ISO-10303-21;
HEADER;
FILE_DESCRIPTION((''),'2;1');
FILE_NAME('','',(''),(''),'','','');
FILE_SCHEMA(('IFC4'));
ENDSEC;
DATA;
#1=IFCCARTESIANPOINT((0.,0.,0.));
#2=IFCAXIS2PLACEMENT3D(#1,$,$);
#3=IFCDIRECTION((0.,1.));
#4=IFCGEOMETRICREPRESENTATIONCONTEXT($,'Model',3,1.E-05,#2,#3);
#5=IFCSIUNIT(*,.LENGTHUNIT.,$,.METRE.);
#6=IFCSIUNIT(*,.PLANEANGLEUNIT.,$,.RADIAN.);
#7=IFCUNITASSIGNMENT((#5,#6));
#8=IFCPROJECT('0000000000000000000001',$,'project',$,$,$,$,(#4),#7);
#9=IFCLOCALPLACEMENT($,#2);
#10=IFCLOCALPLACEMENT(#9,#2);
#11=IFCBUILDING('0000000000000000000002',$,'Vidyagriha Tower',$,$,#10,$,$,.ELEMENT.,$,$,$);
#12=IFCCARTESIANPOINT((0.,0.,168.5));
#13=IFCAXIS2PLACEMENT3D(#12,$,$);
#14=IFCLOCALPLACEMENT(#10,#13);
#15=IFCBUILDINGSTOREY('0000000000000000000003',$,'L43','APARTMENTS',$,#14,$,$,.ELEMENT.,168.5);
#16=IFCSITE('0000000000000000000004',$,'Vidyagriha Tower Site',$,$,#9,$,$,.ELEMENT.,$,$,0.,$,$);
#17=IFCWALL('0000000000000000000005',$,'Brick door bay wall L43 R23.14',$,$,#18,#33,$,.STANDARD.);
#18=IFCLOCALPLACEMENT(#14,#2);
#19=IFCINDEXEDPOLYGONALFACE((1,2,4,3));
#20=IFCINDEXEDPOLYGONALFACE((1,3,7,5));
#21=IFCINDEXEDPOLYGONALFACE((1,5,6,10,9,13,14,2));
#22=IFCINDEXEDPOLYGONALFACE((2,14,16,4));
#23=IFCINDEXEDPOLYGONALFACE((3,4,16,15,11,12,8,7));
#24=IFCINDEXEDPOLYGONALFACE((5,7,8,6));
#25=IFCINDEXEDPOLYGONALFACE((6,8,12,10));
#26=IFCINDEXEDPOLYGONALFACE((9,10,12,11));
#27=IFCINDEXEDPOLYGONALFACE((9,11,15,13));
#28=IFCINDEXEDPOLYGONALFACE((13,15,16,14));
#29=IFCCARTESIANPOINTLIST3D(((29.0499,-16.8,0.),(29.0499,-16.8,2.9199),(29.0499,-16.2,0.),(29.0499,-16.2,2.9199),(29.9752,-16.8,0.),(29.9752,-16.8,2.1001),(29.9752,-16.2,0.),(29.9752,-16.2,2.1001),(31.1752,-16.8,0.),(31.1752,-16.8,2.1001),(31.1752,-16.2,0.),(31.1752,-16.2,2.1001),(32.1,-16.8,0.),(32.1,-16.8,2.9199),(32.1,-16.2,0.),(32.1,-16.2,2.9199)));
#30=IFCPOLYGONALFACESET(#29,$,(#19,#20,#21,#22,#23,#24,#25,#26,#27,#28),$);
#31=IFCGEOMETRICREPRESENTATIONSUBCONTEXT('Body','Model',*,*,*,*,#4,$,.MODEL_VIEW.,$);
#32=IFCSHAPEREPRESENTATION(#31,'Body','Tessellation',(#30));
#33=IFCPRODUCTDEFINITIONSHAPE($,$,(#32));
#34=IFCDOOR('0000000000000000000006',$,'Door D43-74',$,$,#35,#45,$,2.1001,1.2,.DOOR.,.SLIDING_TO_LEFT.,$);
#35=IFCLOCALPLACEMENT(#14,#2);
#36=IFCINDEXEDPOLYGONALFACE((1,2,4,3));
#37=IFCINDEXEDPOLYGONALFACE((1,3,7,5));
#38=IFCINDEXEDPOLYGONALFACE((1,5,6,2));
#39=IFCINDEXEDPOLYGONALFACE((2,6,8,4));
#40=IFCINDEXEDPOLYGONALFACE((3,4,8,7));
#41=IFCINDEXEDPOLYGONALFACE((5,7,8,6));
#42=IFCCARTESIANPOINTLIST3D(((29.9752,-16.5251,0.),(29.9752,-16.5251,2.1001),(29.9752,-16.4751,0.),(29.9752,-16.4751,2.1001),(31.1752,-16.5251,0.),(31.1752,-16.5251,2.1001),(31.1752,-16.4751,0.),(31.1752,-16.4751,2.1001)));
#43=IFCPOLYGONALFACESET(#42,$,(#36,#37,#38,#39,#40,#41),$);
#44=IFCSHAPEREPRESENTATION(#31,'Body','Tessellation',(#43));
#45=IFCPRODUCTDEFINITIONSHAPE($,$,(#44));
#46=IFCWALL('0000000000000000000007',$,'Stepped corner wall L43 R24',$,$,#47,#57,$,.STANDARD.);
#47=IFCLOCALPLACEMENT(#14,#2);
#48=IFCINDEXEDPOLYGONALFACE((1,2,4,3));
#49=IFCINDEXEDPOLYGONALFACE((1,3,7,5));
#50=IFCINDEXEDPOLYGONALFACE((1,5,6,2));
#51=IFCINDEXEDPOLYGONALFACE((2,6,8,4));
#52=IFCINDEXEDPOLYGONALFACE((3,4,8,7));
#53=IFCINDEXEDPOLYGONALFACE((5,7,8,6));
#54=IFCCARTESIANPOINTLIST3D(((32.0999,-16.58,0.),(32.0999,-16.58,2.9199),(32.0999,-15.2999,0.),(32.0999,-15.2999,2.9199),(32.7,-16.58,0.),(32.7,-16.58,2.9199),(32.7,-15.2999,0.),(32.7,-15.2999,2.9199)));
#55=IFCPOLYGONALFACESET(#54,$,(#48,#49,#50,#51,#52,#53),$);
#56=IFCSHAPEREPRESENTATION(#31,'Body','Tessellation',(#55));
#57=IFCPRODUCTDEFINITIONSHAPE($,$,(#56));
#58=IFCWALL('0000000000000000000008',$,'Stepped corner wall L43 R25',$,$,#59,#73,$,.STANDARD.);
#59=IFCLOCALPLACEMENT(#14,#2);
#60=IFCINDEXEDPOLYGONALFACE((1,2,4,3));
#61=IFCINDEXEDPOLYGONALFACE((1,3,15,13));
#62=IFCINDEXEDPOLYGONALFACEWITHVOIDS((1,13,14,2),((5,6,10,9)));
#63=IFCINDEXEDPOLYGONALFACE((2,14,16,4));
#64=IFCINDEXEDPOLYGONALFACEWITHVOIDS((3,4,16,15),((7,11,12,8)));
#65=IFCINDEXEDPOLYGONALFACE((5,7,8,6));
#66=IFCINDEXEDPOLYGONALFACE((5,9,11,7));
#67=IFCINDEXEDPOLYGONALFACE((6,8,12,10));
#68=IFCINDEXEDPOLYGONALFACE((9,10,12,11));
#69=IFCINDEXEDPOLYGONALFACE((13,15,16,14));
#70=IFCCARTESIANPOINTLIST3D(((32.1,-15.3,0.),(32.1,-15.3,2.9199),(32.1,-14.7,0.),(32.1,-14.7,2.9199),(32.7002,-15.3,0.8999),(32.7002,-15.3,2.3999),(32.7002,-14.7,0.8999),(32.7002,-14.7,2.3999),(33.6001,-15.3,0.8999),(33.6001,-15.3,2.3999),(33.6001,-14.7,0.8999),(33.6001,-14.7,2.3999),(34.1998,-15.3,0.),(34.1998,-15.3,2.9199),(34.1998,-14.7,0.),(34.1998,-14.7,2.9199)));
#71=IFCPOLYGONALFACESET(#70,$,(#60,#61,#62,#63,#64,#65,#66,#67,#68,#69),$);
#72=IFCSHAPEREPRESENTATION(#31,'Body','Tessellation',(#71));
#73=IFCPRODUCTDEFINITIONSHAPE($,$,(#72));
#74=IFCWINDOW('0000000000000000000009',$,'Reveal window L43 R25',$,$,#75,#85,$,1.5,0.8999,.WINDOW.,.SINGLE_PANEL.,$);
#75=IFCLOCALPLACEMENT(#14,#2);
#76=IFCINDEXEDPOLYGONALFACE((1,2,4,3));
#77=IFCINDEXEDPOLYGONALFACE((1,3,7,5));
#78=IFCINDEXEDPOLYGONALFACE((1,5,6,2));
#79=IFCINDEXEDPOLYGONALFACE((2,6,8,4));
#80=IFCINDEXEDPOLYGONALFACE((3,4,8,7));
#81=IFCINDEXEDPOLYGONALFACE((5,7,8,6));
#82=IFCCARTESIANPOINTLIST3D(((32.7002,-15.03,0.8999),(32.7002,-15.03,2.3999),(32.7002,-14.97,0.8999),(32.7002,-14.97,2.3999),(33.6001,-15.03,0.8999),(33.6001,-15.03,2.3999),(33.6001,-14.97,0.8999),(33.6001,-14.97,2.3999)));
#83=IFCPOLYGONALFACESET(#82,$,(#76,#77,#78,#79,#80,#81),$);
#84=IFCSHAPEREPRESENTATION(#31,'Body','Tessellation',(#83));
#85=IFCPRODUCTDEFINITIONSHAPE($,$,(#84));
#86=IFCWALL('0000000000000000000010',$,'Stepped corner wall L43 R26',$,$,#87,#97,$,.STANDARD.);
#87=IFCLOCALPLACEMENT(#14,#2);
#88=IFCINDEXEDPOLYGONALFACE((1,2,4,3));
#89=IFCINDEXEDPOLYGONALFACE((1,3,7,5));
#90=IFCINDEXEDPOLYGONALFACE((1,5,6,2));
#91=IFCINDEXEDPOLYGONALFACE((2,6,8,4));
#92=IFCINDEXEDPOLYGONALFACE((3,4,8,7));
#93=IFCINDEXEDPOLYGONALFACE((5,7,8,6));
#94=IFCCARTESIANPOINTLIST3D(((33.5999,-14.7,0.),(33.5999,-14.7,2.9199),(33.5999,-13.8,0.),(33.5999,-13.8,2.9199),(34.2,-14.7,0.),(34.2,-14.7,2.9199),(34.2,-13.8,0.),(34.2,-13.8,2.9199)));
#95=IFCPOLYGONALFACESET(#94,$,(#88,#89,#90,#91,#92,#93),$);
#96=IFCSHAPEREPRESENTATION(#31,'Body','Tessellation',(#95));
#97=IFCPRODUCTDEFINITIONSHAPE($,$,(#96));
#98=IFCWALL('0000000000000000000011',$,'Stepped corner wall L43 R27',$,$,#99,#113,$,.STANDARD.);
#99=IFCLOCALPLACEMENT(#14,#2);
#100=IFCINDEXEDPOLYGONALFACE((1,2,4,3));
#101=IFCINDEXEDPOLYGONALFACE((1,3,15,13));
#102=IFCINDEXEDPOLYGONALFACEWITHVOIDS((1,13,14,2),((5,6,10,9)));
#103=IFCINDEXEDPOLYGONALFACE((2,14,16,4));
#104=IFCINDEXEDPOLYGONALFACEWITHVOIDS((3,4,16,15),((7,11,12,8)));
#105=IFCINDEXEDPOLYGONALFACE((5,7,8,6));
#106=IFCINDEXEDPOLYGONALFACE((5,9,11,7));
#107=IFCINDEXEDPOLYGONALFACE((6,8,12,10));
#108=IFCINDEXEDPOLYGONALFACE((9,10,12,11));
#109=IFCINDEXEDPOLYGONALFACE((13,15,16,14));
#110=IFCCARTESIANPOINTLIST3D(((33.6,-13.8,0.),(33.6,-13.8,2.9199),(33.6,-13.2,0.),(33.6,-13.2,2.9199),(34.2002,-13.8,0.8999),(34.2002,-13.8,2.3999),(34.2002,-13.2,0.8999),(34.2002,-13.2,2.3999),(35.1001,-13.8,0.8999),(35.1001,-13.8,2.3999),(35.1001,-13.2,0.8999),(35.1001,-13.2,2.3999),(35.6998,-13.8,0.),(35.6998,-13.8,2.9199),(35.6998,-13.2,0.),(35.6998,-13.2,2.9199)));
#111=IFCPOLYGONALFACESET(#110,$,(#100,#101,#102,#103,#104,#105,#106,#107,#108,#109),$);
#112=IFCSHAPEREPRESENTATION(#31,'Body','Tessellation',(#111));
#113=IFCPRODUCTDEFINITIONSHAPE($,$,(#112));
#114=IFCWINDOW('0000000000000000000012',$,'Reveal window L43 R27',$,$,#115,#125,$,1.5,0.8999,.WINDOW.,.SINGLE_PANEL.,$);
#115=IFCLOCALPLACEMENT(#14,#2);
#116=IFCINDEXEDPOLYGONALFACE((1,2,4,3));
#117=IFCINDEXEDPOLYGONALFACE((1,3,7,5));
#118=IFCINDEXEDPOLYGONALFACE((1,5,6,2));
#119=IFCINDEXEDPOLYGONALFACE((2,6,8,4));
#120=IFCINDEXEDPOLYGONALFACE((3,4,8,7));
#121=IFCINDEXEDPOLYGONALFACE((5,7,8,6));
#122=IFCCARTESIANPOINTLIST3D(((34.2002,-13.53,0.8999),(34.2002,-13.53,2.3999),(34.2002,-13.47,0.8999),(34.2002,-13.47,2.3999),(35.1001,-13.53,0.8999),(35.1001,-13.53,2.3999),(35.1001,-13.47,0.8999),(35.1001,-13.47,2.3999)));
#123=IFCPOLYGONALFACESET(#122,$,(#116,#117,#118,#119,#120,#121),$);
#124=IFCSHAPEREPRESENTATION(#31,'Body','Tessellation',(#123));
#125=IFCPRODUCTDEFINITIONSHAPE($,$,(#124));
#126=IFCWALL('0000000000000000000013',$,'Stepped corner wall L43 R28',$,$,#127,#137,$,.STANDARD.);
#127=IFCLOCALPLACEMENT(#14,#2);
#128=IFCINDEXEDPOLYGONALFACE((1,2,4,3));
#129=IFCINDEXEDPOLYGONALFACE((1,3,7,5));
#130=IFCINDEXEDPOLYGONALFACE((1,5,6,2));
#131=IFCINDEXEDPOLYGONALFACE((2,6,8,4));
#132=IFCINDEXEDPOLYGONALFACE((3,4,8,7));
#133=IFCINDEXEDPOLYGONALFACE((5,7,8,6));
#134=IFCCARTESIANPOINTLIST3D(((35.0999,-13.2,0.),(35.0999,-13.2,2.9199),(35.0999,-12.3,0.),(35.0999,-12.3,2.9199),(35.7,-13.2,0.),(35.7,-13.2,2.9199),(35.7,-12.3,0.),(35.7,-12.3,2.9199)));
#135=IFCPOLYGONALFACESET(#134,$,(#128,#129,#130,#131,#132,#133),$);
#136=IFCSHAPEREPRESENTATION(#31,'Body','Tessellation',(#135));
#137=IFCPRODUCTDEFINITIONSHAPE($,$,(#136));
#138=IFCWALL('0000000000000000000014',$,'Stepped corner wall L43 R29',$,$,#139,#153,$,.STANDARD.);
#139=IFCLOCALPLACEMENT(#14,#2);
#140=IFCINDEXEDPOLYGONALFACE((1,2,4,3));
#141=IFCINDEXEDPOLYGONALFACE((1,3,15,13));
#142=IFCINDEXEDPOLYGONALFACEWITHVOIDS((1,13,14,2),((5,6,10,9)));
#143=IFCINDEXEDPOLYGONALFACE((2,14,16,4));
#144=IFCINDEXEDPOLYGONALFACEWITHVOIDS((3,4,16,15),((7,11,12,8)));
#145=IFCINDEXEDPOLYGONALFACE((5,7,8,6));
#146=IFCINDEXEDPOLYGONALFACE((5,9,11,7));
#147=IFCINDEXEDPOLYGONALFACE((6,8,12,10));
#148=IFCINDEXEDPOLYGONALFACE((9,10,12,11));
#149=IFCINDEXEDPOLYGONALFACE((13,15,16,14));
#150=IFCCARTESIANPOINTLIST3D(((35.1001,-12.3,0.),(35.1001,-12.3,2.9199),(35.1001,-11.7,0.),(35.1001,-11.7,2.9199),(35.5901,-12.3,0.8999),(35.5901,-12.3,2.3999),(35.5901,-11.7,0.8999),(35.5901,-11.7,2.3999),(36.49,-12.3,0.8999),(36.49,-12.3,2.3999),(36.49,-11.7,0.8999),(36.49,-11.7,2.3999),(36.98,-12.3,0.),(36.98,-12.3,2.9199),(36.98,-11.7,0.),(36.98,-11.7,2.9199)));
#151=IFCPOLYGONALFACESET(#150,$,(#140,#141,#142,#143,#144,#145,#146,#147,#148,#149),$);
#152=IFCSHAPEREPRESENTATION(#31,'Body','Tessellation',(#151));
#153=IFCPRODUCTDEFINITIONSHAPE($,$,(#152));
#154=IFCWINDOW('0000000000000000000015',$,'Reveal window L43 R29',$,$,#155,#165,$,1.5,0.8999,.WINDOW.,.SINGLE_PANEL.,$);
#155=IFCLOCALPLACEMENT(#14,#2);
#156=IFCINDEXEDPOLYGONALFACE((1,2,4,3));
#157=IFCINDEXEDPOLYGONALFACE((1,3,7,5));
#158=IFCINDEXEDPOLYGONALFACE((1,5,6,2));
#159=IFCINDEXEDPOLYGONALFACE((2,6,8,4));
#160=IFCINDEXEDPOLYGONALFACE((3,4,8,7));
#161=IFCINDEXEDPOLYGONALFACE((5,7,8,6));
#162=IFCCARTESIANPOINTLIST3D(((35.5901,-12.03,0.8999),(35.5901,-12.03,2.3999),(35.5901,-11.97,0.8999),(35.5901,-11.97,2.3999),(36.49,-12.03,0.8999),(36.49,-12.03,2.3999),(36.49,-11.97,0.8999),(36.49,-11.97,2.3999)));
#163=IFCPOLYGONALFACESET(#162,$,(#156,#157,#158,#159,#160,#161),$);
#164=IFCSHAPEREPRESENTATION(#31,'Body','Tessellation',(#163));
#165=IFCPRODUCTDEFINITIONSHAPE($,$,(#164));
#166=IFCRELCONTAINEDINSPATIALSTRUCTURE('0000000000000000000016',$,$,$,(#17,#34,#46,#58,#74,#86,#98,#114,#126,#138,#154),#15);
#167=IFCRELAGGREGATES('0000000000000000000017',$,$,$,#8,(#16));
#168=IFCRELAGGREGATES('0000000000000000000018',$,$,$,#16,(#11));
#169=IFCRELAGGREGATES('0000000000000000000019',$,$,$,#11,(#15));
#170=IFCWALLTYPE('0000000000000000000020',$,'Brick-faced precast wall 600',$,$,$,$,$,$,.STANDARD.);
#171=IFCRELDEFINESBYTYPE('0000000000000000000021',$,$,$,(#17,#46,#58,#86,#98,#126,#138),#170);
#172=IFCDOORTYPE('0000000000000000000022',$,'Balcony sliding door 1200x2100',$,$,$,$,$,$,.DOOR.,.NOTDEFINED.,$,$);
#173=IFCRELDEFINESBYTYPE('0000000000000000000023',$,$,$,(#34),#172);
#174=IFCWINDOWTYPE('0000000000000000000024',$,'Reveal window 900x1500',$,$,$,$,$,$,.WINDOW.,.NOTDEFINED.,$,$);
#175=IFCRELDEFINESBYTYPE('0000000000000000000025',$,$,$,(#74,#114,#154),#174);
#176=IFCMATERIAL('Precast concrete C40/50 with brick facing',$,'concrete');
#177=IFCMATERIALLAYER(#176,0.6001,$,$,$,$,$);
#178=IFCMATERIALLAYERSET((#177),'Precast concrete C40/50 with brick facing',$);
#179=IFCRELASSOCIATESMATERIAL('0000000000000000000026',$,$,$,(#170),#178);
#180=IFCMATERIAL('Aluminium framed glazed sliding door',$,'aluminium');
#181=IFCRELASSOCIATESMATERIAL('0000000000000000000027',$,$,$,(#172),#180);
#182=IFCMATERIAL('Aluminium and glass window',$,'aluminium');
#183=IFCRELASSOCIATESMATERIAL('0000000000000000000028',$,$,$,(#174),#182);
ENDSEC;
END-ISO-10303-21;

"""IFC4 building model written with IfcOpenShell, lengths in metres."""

from ifc_helpers import new_model, si_unit, direction, frame, frame_2d, origin, place, context, subcontext, project, spatial, rectangle, extrude, material, layer, layer_set, type_object, element, fill, save


model = new_model("IFC4")

# Units and contexts
model_context = context("Model", 3, precision=1e-05, world=origin(), true_north=direction((0.0, 1.0)))
body_context = subcontext(model_context, "Body", "Model", "MODEL_VIEW")
ifc_project = project(units=[si_unit("LENGTHUNIT", "METRE"), si_unit("PLANEANGLEUNIT", "RADIAN")], contexts=[model_context])

# Site, building, storey
site_placement = place(None, origin())
site = spatial("IfcSite", under=ifc_project, at=site_placement, Name="Vidyagriha Tower Site", CompositionType="ELEMENT", RefElevation=0.0)
building_placement = place(site_placement, origin())
building = spatial("IfcBuilding", under=site, at=building_placement, Name="Vidyagriha Tower", CompositionType="ELEMENT")
storey_placement = place(building_placement, frame((0.0, 0.0, 168.5)))
storey = spatial("IfcBuildingStorey", under=building, at=storey_placement, Name="L43", Description="APARTMENTS", CompositionType="ELEMENT", Elevation=168.5)

# Wall, opening, door
ifc_material_1 = material(Name="Precast concrete C40/50 with brick facing", Category="concrete")
ifc_layer_1 = layer(ifc_material_1, 0.6001)
ifc_layer_set_1 = layer_set([ifc_layer_1], Name="Precast concrete C40/50 with brick facing")
wall_type = type_object("IfcWallType", Name="Brick-faced precast wall 600", PredefinedType="STANDARD", material=ifc_layer_set_1)
wall_1_placement = place(storey_placement, frame((29.05, -16.5, 0.0)))
wall_1 = element("IfcWall", 1, at=wall_1_placement, inside=storey, type_object=wall_type, Name="Brick door bay wall L43 R23.14", PredefinedType="STANDARD", context=body_context, shape_type="SweptSolid", body=[
    extrude(rectangle(XDim=3.05, YDim=0.6001, at=frame_2d((1.5249, 0.0))), origin(), (0.0, 0.0, 1.0), 2.9199),
])
opening_1_placement = place(wall_1_placement, frame((0.925, 0.0, 0.0)))
opening_1 = element("IfcOpeningElement", 2, at=opening_1_placement, cuts=wall_1, PredefinedType="OPENING", context=body_context, shape_type="SweptSolid", body=[
    extrude(rectangle(XDim=1.2, YDim=2.1001, at=frame_2d((0.6001, 1.05))), frame((0.0, 0.3101, 0.0), z_axis=(0.0, -1.0, 0.0), x_axis=(1.0, 0.0, 0.0)), (0.0, 0.0, 1.0), 0.6201),
])
ifc_material_2 = material(Name="Aluminium framed glazed sliding door", Category="aluminium")
door_type = type_object("IfcDoorType", Name="Balcony sliding door 1200x2100", OperationType="NOTDEFINED", PredefinedType="DOOR", material=ifc_material_2)
door_placement = place(opening_1_placement, origin())
door = element("IfcDoor", 3, at=door_placement, inside=storey, type_object=door_type, Name="Door D43-74", OperationType="SLIDING_TO_LEFT", OverallHeight=2.1001, OverallWidth=1.2, PredefinedType="DOOR", context=body_context, shape_type="SweptSolid", body=[
    extrude(rectangle(XDim=1.2, YDim=2.1001, at=frame_2d((0.6001, 1.05))), frame((0.0, 0.0249, 0.0), z_axis=(0.0, -1.0, 0.0), x_axis=(1.0, 0.0, 0.0)), (0.0, 0.0, 1.0), 0.05),
])
fill(opening_1, door)

# Wall
wall_2_placement = place(storey_placement, frame((32.3999, -16.5801, 0.0), z_axis=(0.0, 0.0, 1.0), x_axis=(0.0, 1.0, 0.0)))
element("IfcWall", 4, at=wall_2_placement, inside=storey, type_object=wall_type, Name="Stepped corner wall L43 R24", PredefinedType="STANDARD", context=body_context, shape_type="SweptSolid", body=[
    extrude(rectangle(XDim=1.28, YDim=0.6001, at=frame_2d((0.6401, 0.0))), origin(), (0.0, 0.0, 1.0), 2.9199),
])

# Wall, opening, window
wall_3_placement = place(storey_placement, frame((32.1001, -15.0, 0.0)))
wall_3 = element("IfcWall", 5, at=wall_3_placement, inside=storey, type_object=wall_type, Name="Stepped corner wall L43 R25", PredefinedType="STANDARD", context=body_context, shape_type="SweptSolid", body=[
    extrude(rectangle(XDim=2.0999, YDim=0.6001, at=frame_2d((1.0498, 0.0))), origin(), (0.0, 0.0, 1.0), 2.9199),
])
opening_2_placement = place(wall_3_placement, frame((0.6001, 0.0, 0.8999)))
opening_2 = element("IfcOpeningElement", 6, at=opening_2_placement, cuts=wall_3, PredefinedType="OPENING", context=body_context, shape_type="SweptSolid", body=[
    extrude(rectangle(XDim=0.8999, YDim=1.5, at=frame_2d((0.45, 0.75))), frame((0.0, 0.3101, 0.0), z_axis=(0.0, -1.0, 0.0), x_axis=(1.0, 0.0, 0.0)), (0.0, 0.0, 1.0), 0.6201),
])
ifc_material_3 = material(Name="Aluminium and glass window", Category="aluminium")
window_type = type_object("IfcWindowType", Name="Reveal window 900x1500", PartitioningType="NOTDEFINED", PredefinedType="WINDOW", material=ifc_material_3)
window_1_placement = place(opening_2_placement, origin())
window_1 = element("IfcWindow", 7, at=window_1_placement, inside=storey, type_object=window_type, Name="Reveal window L43 R25", OverallHeight=1.5, OverallWidth=0.8999, PartitioningType="SINGLE_PANEL", PredefinedType="WINDOW", context=body_context, shape_type="SweptSolid", body=[
    extrude(rectangle(XDim=0.8999, YDim=1.5, at=frame_2d((0.45, 0.75))), frame((0.0, 0.03, 0.0), z_axis=(0.0, -1.0, 0.0), x_axis=(1.0, 0.0, 0.0)), (0.0, 0.0, 1.0), 0.0601),
])
fill(opening_2, window_1)

# Wall
wall_4_placement = place(storey_placement, frame((33.8999, -14.7, 0.0), z_axis=(0.0, 0.0, 1.0), x_axis=(0.0, 1.0, 0.0)))
element("IfcWall", 8, at=wall_4_placement, inside=storey, type_object=wall_type, Name="Stepped corner wall L43 R26", PredefinedType="STANDARD", context=body_context, shape_type="SweptSolid", body=[
    extrude(rectangle(XDim=0.8999, YDim=0.6001, at=frame_2d((0.45, 0.0))), origin(), (0.0, 0.0, 1.0), 2.9199),
])

# Wall, opening, window
wall_5_placement = place(storey_placement, frame((33.6001, -13.5, 0.0)))
wall_5 = element("IfcWall", 9, at=wall_5_placement, inside=storey, type_object=wall_type, Name="Stepped corner wall L43 R27", PredefinedType="STANDARD", context=body_context, shape_type="SweptSolid", body=[
    extrude(rectangle(XDim=2.0999, YDim=0.6001, at=frame_2d((1.0498, 0.0))), origin(), (0.0, 0.0, 1.0), 2.9199),
])
opening_3_placement = place(wall_5_placement, frame((0.6001, 0.0, 0.8999)))
opening_3 = element("IfcOpeningElement", 10, at=opening_3_placement, cuts=wall_5, PredefinedType="OPENING", context=body_context, shape_type="SweptSolid", body=[
    extrude(rectangle(XDim=0.8999, YDim=1.5, at=frame_2d((0.45, 0.75))), frame((0.0, 0.3101, 0.0), z_axis=(0.0, -1.0, 0.0), x_axis=(1.0, 0.0, 0.0)), (0.0, 0.0, 1.0), 0.6201),
])
window_2_placement = place(opening_3_placement, origin())
window_2 = element("IfcWindow", 11, at=window_2_placement, inside=storey, type_object=window_type, Name="Reveal window L43 R27", OverallHeight=1.5, OverallWidth=0.8999, PartitioningType="SINGLE_PANEL", PredefinedType="WINDOW", context=body_context, shape_type="SweptSolid", body=[
    extrude(rectangle(XDim=0.8999, YDim=1.5, at=frame_2d((0.45, 0.75))), frame((0.0, 0.03, 0.0), z_axis=(0.0, -1.0, 0.0), x_axis=(1.0, 0.0, 0.0)), (0.0, 0.0, 1.0), 0.0601),
])
fill(opening_3, window_2)

# Wall
wall_6_placement = place(storey_placement, frame((35.3999, -13.2, 0.0), z_axis=(0.0, 0.0, 1.0), x_axis=(0.0, 1.0, 0.0)))
element("IfcWall", 12, at=wall_6_placement, inside=storey, type_object=wall_type, Name="Stepped corner wall L43 R28", PredefinedType="STANDARD", context=body_context, shape_type="SweptSolid", body=[
    extrude(rectangle(XDim=0.8999, YDim=0.6001, at=frame_2d((0.45, 0.0))), origin(), (0.0, 0.0, 1.0), 2.9199),
])

# Wall, opening, window
wall_7_placement = place(storey_placement, frame((35.1001, -12.0, 0.0)))
wall_7 = element("IfcWall", 13, at=wall_7_placement, inside=storey, type_object=wall_type, Name="Stepped corner wall L43 R29", PredefinedType="STANDARD", context=body_context, shape_type="SweptSolid", body=[
    extrude(rectangle(XDim=1.8799, YDim=0.6001, at=frame_2d((0.9399, 0.0))), origin(), (0.0, 0.0, 1.0), 2.9199),
])
opening_4_placement = place(wall_7_placement, frame((0.49, 0.0, 0.8999)))
opening_4 = element("IfcOpeningElement", 14, at=opening_4_placement, cuts=wall_7, PredefinedType="OPENING", context=body_context, shape_type="SweptSolid", body=[
    extrude(rectangle(XDim=0.8999, YDim=1.5, at=frame_2d((0.45, 0.75))), frame((0.0, 0.3101, 0.0), z_axis=(0.0, -1.0, 0.0), x_axis=(1.0, 0.0, 0.0)), (0.0, 0.0, 1.0), 0.6201),
])
window_3_placement = place(opening_4_placement, origin())
window_3 = element("IfcWindow", 15, at=window_3_placement, inside=storey, type_object=window_type, Name="Reveal window L43 R29", OverallHeight=1.5, OverallWidth=0.8999, PartitioningType="SINGLE_PANEL", PredefinedType="WINDOW", context=body_context, shape_type="SweptSolid", body=[
    extrude(rectangle(XDim=0.8999, YDim=1.5, at=frame_2d((0.45, 0.75))), frame((0.0, 0.03, 0.0), z_axis=(0.0, -1.0, 0.0), x_axis=(1.0, 0.0, 0.0)), (0.0, 0.0, 1.0), 0.0601),
])
fill(opening_4, window_3)

save(model, "model.ifc")
